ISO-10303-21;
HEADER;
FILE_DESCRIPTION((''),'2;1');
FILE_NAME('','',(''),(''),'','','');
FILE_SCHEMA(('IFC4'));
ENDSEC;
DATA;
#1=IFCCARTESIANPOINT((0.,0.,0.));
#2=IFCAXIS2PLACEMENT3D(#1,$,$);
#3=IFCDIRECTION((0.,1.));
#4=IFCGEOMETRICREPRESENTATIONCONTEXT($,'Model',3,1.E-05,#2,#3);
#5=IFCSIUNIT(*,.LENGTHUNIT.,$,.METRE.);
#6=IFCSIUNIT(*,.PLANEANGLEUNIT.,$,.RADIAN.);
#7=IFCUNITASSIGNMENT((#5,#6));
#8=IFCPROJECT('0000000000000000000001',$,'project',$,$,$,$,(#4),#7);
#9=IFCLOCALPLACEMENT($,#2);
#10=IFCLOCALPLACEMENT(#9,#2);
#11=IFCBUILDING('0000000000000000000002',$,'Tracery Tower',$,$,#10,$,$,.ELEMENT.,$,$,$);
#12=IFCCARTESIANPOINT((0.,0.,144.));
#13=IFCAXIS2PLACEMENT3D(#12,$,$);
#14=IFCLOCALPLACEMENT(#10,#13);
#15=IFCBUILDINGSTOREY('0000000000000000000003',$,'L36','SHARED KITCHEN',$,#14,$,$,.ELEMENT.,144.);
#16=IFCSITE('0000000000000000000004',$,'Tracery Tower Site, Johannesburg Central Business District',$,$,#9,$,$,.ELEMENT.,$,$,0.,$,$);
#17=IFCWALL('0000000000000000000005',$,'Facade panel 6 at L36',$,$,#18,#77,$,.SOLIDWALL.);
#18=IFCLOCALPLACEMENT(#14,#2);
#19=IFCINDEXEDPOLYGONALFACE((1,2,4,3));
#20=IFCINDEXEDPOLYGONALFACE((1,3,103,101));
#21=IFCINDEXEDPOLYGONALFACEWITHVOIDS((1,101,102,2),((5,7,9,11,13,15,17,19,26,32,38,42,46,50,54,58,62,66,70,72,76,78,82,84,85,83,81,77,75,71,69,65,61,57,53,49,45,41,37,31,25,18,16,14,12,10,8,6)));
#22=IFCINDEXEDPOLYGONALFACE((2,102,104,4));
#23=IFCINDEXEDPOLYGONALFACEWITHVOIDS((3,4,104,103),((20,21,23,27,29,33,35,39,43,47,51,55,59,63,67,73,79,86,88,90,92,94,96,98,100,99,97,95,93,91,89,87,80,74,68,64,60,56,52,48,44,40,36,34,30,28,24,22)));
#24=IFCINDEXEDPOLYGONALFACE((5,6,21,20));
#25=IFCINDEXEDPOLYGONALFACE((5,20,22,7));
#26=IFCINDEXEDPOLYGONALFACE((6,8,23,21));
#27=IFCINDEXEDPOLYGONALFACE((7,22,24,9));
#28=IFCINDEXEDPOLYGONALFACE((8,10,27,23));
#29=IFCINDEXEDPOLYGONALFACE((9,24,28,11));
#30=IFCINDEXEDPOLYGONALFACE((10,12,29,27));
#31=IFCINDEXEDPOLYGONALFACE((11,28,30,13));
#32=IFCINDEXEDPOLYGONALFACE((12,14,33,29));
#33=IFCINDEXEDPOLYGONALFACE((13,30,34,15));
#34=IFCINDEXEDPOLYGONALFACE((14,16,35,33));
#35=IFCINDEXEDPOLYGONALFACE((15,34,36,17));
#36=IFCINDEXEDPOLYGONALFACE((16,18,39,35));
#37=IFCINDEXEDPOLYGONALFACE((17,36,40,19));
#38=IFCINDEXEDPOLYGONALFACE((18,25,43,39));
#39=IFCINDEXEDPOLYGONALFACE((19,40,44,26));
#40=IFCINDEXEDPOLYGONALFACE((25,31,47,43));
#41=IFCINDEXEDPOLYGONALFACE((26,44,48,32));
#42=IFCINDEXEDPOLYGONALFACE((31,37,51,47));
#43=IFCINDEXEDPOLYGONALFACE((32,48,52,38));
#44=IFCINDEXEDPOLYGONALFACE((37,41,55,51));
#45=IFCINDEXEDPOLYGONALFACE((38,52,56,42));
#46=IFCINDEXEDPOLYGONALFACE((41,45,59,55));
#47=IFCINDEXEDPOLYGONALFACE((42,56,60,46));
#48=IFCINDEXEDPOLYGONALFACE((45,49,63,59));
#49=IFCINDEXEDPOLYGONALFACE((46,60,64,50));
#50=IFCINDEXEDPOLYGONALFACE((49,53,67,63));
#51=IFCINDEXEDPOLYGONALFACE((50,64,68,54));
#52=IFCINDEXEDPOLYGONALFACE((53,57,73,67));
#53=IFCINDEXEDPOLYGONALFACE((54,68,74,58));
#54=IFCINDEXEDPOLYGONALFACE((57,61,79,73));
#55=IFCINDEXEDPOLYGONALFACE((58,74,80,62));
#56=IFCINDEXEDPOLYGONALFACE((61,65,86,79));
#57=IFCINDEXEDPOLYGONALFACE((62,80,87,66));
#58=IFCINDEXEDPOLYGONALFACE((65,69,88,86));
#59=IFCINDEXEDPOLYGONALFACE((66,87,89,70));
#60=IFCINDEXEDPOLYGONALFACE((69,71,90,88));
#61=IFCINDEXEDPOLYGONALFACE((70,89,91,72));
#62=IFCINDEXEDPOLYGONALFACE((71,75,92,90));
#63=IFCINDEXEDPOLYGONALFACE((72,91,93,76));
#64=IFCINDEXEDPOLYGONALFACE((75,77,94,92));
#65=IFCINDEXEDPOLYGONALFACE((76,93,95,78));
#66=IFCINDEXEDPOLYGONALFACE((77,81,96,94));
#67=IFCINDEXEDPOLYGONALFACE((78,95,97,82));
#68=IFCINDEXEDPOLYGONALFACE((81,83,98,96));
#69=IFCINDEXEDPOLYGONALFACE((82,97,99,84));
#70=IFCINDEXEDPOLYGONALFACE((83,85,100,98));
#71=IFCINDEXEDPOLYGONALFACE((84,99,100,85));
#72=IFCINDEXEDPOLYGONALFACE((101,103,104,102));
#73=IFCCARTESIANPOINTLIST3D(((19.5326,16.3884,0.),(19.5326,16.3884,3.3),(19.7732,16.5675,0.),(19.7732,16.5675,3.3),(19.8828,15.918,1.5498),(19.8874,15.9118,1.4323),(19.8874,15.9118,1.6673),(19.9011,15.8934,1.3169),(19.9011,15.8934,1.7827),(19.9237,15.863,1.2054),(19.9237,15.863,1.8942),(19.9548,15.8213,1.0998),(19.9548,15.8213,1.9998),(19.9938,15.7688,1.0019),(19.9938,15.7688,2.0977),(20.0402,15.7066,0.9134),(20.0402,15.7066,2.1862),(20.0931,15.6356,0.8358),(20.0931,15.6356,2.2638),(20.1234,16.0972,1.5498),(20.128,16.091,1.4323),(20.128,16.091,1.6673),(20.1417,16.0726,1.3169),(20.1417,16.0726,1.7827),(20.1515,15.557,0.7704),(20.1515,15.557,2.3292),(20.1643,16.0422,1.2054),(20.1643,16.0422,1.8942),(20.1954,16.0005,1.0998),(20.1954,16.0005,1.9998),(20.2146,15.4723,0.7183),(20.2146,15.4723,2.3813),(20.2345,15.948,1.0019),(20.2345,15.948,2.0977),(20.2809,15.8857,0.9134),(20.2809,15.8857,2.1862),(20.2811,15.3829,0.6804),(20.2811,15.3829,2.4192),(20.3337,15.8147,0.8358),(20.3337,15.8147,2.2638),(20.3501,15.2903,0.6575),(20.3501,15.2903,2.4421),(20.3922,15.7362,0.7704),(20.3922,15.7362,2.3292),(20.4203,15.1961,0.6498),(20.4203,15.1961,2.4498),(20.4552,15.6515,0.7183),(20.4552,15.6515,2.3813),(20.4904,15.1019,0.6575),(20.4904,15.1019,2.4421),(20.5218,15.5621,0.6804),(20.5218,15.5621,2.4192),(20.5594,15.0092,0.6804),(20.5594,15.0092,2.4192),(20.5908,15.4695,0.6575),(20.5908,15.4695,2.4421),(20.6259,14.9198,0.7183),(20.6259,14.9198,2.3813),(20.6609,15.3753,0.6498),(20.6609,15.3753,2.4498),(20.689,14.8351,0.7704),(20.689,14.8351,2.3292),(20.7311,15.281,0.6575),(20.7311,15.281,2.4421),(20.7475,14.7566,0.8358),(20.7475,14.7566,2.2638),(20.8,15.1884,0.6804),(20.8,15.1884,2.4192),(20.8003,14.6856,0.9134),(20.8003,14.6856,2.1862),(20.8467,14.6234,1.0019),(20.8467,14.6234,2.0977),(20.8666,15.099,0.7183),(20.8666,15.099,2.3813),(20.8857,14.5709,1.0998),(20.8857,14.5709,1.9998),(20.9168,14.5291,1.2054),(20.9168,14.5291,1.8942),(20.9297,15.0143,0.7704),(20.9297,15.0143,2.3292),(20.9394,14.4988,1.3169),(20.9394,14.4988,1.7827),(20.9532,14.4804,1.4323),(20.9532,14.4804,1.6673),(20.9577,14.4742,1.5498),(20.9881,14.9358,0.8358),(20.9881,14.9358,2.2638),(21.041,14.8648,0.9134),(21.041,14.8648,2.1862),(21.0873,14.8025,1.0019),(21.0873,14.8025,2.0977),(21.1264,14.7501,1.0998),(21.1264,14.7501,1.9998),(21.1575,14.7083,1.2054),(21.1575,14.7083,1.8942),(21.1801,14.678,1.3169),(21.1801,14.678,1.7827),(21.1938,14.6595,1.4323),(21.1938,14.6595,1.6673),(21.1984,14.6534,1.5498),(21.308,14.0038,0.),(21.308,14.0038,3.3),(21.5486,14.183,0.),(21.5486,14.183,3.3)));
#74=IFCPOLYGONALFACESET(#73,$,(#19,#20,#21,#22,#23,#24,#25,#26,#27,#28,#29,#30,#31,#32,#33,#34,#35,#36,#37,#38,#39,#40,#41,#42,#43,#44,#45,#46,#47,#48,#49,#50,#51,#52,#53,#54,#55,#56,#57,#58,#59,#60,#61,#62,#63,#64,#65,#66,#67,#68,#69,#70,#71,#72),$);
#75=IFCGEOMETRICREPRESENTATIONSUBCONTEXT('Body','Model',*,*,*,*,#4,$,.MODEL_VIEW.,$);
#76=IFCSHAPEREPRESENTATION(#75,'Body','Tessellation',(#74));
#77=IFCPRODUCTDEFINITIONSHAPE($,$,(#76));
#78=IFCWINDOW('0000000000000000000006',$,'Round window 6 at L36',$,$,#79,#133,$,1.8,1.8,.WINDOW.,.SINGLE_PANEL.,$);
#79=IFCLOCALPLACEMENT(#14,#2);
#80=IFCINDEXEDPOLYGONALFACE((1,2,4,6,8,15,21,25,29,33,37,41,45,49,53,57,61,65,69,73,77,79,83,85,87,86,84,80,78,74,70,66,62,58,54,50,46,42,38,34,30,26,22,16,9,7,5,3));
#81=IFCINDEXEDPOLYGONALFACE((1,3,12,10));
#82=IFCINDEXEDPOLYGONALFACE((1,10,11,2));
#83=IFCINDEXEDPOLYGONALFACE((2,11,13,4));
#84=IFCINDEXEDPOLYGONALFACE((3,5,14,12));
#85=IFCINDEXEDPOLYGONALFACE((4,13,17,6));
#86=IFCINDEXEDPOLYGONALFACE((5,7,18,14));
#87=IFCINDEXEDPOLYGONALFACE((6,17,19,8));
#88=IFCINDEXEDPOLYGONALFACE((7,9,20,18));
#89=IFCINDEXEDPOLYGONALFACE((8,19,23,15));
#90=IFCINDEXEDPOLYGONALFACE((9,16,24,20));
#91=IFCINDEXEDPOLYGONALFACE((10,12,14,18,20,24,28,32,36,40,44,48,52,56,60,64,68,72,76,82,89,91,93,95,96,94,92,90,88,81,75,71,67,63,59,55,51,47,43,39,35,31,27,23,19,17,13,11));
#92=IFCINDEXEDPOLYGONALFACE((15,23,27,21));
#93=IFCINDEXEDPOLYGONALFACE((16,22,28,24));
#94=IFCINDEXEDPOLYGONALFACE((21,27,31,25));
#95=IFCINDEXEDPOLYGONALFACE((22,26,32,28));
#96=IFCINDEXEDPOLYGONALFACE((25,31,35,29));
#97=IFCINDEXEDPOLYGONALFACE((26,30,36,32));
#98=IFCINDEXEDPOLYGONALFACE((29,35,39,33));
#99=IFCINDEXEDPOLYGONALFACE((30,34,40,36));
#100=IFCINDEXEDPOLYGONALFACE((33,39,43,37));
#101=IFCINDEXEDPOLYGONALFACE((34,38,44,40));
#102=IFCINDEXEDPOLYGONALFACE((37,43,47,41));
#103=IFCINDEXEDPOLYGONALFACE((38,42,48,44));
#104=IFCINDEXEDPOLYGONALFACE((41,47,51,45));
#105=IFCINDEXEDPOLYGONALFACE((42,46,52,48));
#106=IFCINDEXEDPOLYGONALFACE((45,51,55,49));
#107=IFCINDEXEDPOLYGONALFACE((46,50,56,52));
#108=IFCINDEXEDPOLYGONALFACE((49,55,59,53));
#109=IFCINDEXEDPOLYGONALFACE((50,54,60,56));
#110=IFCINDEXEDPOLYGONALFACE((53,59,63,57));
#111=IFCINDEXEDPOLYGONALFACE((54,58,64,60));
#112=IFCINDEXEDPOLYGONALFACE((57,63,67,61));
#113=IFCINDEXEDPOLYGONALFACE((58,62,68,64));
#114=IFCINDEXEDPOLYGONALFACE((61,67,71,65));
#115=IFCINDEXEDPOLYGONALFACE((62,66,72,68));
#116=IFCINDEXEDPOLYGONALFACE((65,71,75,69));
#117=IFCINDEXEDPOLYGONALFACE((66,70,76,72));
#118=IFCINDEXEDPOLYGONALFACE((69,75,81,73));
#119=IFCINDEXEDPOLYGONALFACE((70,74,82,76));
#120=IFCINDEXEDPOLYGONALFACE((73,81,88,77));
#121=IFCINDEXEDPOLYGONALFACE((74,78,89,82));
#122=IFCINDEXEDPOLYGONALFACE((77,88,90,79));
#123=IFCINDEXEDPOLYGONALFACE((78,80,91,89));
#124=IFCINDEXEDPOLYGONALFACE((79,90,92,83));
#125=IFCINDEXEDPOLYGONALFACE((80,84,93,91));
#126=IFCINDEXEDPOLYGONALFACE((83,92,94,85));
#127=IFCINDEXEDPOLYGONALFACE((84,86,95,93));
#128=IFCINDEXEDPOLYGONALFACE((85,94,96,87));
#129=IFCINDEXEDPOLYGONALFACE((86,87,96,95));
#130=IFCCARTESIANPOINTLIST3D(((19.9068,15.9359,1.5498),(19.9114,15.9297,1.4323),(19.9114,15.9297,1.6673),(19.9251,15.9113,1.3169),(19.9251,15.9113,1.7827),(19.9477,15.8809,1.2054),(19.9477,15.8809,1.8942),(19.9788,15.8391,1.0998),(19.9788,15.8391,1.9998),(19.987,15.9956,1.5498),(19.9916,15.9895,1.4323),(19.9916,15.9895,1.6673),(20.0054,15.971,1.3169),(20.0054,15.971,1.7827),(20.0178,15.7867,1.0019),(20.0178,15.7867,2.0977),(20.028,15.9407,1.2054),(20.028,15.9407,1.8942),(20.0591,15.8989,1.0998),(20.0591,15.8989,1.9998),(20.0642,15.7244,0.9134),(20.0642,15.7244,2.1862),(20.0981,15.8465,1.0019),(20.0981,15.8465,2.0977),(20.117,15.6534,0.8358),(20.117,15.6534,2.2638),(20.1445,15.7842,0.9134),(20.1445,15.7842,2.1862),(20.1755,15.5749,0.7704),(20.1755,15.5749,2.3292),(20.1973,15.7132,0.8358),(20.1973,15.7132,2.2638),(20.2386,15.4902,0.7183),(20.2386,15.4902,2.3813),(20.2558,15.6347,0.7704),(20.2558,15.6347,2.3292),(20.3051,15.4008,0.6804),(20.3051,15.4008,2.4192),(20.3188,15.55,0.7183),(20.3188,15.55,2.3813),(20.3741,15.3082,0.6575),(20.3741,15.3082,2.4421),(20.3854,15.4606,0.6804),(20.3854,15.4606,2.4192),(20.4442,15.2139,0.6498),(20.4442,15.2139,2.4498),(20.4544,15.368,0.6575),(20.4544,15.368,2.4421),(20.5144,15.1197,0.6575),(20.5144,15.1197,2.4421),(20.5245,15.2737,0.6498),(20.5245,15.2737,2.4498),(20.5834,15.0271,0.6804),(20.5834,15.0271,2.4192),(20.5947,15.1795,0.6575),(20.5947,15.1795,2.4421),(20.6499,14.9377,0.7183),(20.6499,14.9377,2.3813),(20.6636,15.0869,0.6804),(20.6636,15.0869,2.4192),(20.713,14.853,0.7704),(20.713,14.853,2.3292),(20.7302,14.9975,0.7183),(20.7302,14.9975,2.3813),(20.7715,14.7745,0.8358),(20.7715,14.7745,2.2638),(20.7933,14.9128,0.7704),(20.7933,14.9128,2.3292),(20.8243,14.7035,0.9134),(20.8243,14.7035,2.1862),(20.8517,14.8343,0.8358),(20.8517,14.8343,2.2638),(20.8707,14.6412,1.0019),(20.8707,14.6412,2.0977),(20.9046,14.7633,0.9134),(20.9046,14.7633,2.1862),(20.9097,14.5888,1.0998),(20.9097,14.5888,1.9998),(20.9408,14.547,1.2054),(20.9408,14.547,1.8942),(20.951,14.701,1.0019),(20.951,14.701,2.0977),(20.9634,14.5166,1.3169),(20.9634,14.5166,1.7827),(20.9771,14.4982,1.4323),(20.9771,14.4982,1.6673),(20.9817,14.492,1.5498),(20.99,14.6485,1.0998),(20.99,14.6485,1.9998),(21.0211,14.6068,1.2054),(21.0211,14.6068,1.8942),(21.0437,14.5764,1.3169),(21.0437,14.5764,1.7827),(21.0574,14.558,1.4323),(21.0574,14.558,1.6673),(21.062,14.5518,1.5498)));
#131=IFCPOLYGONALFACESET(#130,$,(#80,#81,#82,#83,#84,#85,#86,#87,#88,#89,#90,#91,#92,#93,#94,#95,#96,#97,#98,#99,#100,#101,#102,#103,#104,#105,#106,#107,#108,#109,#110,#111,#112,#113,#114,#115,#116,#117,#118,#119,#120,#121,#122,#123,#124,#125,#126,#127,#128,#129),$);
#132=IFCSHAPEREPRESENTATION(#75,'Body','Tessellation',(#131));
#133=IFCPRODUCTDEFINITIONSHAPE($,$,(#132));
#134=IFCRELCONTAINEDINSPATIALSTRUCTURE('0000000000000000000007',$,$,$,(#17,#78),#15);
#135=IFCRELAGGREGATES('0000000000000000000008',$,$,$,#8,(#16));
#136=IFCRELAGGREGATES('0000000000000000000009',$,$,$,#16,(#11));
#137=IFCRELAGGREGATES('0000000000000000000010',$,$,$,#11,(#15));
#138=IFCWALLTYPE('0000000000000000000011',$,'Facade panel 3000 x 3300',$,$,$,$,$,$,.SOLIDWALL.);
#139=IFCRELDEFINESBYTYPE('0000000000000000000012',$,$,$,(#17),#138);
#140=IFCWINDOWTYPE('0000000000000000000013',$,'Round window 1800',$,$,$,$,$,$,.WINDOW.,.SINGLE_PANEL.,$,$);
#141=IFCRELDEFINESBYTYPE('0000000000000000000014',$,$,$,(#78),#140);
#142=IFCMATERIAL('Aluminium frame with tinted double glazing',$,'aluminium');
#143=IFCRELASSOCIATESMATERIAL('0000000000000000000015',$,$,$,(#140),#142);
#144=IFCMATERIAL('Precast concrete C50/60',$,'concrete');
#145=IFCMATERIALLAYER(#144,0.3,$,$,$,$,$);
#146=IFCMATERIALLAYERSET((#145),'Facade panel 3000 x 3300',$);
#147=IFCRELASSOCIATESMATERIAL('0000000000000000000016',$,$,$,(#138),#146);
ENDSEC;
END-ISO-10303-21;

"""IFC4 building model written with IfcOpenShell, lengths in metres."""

from ifc_helpers import new_model, si_unit, direction, frame, frame_2d, origin, origin_2d, place, context, subcontext, project, spatial, rectangle, circle, extrude, material, layer, layer_set, type_object, element, fill, save


model = new_model("IFC4")

# Units and contexts
model_context = context("Model", 3, precision=1e-05, world=origin(), true_north=direction((0.0, 1.0)))
body_context = subcontext(model_context, "Body", "Model", "MODEL_VIEW")
ifc_project = project(units=[si_unit("LENGTHUNIT", "METRE"), si_unit("PLANEANGLEUNIT", "RADIAN")], contexts=[model_context])

# Site, building, storey
site_placement = place(None, origin())
site = spatial("IfcSite", under=ifc_project, at=site_placement, Name="Tracery Tower Site, Johannesburg Central Business District", CompositionType="ELEMENT", RefElevation=0.0)
building_placement = place(site_placement, origin())
building = spatial("IfcBuilding", under=site, at=building_placement, Name="Tracery Tower", CompositionType="ELEMENT")
storey_placement = place(building_placement, frame((0.0, 0.0, 144.0)))
storey = spatial("IfcBuildingStorey", under=building, at=storey_placement, Name="L36", Description="SHARED KITCHEN", CompositionType="ELEMENT", Elevation=144.0)

# Wall, opening, window
ifc_material_1 = material(Name="Aluminium frame with tinted double glazing", Category="aluminium")
window_type = type_object("IfcWindowType", Name="Round window 1800", PartitioningType="SINGLE_PANEL", PredefinedType="WINDOW", material=ifc_material_1)
ifc_material_2 = material(Name="Precast concrete C50/60", Category="concrete")
ifc_layer_1 = layer(ifc_material_2, 0.3)
ifc_layer_set_1 = layer_set([ifc_layer_1], Name="Facade panel 3000 x 3300")
wall_type_1 = type_object("IfcWallType", Name="Facade panel 3000 x 3300", PredefinedType="SOLIDWALL", material=ifc_layer_set_1)
wall_1_placement = place(storey_placement, frame((21.4282, 14.0935, 0.0), z_axis=(0.0, 0.0, 1.0), x_axis=(-0.597198, 0.802094, 0.0)))
wall_1 = element("IfcWall", 1, at=wall_1_placement, inside=storey, type_object=wall_type_1, Name="Facade panel 6 at L36", PredefinedType="SOLIDWALL", context=body_context, shape_type="SweptSolid", body=[
    extrude(rectangle(XDim=2.9729, YDim=0.3, at=frame_2d((1.4863, 0.0))), origin(), (0.0, 0.0, 1.0), 3.3),
])
opening_1_placement = place(wall_1_placement, frame((1.4863, 0.0, 1.5498)))
opening_1 = element("IfcOpeningElement", 2, at=opening_1_placement, cuts=wall_1, PredefinedType="OPENING", context=body_context, shape_type="SweptSolid", body=[
    extrude(circle(Radius=0.9, at=origin_2d()), frame((0.0, 0.1599, 0.0), z_axis=(0.0, -1.0, 0.0), x_axis=(1.0, 0.0, 0.0)), (0.0, 0.0, 1.0), 0.3201),
])
window_1_placement = place(opening_1_placement, origin())
window_1 = element("IfcWindow", 3, at=window_1_placement, inside=storey, type_object=window_type, Name="Round window 6 at L36", OverallHeight=1.8, OverallWidth=1.8, PartitioningType="SINGLE_PANEL", PredefinedType="WINDOW", context=body_context, shape_type="SweptSolid", body=[
    extrude(circle(Radius=0.9, at=origin_2d()), frame((0.0, 0.1201, 0.0), z_axis=(0.0, -1.0, 0.0), x_axis=(1.0, 0.0, 0.0)), (0.0, 0.0, 1.0), 0.1001),
])
fill(opening_1, window_1)

save(model, "model.ifc")
